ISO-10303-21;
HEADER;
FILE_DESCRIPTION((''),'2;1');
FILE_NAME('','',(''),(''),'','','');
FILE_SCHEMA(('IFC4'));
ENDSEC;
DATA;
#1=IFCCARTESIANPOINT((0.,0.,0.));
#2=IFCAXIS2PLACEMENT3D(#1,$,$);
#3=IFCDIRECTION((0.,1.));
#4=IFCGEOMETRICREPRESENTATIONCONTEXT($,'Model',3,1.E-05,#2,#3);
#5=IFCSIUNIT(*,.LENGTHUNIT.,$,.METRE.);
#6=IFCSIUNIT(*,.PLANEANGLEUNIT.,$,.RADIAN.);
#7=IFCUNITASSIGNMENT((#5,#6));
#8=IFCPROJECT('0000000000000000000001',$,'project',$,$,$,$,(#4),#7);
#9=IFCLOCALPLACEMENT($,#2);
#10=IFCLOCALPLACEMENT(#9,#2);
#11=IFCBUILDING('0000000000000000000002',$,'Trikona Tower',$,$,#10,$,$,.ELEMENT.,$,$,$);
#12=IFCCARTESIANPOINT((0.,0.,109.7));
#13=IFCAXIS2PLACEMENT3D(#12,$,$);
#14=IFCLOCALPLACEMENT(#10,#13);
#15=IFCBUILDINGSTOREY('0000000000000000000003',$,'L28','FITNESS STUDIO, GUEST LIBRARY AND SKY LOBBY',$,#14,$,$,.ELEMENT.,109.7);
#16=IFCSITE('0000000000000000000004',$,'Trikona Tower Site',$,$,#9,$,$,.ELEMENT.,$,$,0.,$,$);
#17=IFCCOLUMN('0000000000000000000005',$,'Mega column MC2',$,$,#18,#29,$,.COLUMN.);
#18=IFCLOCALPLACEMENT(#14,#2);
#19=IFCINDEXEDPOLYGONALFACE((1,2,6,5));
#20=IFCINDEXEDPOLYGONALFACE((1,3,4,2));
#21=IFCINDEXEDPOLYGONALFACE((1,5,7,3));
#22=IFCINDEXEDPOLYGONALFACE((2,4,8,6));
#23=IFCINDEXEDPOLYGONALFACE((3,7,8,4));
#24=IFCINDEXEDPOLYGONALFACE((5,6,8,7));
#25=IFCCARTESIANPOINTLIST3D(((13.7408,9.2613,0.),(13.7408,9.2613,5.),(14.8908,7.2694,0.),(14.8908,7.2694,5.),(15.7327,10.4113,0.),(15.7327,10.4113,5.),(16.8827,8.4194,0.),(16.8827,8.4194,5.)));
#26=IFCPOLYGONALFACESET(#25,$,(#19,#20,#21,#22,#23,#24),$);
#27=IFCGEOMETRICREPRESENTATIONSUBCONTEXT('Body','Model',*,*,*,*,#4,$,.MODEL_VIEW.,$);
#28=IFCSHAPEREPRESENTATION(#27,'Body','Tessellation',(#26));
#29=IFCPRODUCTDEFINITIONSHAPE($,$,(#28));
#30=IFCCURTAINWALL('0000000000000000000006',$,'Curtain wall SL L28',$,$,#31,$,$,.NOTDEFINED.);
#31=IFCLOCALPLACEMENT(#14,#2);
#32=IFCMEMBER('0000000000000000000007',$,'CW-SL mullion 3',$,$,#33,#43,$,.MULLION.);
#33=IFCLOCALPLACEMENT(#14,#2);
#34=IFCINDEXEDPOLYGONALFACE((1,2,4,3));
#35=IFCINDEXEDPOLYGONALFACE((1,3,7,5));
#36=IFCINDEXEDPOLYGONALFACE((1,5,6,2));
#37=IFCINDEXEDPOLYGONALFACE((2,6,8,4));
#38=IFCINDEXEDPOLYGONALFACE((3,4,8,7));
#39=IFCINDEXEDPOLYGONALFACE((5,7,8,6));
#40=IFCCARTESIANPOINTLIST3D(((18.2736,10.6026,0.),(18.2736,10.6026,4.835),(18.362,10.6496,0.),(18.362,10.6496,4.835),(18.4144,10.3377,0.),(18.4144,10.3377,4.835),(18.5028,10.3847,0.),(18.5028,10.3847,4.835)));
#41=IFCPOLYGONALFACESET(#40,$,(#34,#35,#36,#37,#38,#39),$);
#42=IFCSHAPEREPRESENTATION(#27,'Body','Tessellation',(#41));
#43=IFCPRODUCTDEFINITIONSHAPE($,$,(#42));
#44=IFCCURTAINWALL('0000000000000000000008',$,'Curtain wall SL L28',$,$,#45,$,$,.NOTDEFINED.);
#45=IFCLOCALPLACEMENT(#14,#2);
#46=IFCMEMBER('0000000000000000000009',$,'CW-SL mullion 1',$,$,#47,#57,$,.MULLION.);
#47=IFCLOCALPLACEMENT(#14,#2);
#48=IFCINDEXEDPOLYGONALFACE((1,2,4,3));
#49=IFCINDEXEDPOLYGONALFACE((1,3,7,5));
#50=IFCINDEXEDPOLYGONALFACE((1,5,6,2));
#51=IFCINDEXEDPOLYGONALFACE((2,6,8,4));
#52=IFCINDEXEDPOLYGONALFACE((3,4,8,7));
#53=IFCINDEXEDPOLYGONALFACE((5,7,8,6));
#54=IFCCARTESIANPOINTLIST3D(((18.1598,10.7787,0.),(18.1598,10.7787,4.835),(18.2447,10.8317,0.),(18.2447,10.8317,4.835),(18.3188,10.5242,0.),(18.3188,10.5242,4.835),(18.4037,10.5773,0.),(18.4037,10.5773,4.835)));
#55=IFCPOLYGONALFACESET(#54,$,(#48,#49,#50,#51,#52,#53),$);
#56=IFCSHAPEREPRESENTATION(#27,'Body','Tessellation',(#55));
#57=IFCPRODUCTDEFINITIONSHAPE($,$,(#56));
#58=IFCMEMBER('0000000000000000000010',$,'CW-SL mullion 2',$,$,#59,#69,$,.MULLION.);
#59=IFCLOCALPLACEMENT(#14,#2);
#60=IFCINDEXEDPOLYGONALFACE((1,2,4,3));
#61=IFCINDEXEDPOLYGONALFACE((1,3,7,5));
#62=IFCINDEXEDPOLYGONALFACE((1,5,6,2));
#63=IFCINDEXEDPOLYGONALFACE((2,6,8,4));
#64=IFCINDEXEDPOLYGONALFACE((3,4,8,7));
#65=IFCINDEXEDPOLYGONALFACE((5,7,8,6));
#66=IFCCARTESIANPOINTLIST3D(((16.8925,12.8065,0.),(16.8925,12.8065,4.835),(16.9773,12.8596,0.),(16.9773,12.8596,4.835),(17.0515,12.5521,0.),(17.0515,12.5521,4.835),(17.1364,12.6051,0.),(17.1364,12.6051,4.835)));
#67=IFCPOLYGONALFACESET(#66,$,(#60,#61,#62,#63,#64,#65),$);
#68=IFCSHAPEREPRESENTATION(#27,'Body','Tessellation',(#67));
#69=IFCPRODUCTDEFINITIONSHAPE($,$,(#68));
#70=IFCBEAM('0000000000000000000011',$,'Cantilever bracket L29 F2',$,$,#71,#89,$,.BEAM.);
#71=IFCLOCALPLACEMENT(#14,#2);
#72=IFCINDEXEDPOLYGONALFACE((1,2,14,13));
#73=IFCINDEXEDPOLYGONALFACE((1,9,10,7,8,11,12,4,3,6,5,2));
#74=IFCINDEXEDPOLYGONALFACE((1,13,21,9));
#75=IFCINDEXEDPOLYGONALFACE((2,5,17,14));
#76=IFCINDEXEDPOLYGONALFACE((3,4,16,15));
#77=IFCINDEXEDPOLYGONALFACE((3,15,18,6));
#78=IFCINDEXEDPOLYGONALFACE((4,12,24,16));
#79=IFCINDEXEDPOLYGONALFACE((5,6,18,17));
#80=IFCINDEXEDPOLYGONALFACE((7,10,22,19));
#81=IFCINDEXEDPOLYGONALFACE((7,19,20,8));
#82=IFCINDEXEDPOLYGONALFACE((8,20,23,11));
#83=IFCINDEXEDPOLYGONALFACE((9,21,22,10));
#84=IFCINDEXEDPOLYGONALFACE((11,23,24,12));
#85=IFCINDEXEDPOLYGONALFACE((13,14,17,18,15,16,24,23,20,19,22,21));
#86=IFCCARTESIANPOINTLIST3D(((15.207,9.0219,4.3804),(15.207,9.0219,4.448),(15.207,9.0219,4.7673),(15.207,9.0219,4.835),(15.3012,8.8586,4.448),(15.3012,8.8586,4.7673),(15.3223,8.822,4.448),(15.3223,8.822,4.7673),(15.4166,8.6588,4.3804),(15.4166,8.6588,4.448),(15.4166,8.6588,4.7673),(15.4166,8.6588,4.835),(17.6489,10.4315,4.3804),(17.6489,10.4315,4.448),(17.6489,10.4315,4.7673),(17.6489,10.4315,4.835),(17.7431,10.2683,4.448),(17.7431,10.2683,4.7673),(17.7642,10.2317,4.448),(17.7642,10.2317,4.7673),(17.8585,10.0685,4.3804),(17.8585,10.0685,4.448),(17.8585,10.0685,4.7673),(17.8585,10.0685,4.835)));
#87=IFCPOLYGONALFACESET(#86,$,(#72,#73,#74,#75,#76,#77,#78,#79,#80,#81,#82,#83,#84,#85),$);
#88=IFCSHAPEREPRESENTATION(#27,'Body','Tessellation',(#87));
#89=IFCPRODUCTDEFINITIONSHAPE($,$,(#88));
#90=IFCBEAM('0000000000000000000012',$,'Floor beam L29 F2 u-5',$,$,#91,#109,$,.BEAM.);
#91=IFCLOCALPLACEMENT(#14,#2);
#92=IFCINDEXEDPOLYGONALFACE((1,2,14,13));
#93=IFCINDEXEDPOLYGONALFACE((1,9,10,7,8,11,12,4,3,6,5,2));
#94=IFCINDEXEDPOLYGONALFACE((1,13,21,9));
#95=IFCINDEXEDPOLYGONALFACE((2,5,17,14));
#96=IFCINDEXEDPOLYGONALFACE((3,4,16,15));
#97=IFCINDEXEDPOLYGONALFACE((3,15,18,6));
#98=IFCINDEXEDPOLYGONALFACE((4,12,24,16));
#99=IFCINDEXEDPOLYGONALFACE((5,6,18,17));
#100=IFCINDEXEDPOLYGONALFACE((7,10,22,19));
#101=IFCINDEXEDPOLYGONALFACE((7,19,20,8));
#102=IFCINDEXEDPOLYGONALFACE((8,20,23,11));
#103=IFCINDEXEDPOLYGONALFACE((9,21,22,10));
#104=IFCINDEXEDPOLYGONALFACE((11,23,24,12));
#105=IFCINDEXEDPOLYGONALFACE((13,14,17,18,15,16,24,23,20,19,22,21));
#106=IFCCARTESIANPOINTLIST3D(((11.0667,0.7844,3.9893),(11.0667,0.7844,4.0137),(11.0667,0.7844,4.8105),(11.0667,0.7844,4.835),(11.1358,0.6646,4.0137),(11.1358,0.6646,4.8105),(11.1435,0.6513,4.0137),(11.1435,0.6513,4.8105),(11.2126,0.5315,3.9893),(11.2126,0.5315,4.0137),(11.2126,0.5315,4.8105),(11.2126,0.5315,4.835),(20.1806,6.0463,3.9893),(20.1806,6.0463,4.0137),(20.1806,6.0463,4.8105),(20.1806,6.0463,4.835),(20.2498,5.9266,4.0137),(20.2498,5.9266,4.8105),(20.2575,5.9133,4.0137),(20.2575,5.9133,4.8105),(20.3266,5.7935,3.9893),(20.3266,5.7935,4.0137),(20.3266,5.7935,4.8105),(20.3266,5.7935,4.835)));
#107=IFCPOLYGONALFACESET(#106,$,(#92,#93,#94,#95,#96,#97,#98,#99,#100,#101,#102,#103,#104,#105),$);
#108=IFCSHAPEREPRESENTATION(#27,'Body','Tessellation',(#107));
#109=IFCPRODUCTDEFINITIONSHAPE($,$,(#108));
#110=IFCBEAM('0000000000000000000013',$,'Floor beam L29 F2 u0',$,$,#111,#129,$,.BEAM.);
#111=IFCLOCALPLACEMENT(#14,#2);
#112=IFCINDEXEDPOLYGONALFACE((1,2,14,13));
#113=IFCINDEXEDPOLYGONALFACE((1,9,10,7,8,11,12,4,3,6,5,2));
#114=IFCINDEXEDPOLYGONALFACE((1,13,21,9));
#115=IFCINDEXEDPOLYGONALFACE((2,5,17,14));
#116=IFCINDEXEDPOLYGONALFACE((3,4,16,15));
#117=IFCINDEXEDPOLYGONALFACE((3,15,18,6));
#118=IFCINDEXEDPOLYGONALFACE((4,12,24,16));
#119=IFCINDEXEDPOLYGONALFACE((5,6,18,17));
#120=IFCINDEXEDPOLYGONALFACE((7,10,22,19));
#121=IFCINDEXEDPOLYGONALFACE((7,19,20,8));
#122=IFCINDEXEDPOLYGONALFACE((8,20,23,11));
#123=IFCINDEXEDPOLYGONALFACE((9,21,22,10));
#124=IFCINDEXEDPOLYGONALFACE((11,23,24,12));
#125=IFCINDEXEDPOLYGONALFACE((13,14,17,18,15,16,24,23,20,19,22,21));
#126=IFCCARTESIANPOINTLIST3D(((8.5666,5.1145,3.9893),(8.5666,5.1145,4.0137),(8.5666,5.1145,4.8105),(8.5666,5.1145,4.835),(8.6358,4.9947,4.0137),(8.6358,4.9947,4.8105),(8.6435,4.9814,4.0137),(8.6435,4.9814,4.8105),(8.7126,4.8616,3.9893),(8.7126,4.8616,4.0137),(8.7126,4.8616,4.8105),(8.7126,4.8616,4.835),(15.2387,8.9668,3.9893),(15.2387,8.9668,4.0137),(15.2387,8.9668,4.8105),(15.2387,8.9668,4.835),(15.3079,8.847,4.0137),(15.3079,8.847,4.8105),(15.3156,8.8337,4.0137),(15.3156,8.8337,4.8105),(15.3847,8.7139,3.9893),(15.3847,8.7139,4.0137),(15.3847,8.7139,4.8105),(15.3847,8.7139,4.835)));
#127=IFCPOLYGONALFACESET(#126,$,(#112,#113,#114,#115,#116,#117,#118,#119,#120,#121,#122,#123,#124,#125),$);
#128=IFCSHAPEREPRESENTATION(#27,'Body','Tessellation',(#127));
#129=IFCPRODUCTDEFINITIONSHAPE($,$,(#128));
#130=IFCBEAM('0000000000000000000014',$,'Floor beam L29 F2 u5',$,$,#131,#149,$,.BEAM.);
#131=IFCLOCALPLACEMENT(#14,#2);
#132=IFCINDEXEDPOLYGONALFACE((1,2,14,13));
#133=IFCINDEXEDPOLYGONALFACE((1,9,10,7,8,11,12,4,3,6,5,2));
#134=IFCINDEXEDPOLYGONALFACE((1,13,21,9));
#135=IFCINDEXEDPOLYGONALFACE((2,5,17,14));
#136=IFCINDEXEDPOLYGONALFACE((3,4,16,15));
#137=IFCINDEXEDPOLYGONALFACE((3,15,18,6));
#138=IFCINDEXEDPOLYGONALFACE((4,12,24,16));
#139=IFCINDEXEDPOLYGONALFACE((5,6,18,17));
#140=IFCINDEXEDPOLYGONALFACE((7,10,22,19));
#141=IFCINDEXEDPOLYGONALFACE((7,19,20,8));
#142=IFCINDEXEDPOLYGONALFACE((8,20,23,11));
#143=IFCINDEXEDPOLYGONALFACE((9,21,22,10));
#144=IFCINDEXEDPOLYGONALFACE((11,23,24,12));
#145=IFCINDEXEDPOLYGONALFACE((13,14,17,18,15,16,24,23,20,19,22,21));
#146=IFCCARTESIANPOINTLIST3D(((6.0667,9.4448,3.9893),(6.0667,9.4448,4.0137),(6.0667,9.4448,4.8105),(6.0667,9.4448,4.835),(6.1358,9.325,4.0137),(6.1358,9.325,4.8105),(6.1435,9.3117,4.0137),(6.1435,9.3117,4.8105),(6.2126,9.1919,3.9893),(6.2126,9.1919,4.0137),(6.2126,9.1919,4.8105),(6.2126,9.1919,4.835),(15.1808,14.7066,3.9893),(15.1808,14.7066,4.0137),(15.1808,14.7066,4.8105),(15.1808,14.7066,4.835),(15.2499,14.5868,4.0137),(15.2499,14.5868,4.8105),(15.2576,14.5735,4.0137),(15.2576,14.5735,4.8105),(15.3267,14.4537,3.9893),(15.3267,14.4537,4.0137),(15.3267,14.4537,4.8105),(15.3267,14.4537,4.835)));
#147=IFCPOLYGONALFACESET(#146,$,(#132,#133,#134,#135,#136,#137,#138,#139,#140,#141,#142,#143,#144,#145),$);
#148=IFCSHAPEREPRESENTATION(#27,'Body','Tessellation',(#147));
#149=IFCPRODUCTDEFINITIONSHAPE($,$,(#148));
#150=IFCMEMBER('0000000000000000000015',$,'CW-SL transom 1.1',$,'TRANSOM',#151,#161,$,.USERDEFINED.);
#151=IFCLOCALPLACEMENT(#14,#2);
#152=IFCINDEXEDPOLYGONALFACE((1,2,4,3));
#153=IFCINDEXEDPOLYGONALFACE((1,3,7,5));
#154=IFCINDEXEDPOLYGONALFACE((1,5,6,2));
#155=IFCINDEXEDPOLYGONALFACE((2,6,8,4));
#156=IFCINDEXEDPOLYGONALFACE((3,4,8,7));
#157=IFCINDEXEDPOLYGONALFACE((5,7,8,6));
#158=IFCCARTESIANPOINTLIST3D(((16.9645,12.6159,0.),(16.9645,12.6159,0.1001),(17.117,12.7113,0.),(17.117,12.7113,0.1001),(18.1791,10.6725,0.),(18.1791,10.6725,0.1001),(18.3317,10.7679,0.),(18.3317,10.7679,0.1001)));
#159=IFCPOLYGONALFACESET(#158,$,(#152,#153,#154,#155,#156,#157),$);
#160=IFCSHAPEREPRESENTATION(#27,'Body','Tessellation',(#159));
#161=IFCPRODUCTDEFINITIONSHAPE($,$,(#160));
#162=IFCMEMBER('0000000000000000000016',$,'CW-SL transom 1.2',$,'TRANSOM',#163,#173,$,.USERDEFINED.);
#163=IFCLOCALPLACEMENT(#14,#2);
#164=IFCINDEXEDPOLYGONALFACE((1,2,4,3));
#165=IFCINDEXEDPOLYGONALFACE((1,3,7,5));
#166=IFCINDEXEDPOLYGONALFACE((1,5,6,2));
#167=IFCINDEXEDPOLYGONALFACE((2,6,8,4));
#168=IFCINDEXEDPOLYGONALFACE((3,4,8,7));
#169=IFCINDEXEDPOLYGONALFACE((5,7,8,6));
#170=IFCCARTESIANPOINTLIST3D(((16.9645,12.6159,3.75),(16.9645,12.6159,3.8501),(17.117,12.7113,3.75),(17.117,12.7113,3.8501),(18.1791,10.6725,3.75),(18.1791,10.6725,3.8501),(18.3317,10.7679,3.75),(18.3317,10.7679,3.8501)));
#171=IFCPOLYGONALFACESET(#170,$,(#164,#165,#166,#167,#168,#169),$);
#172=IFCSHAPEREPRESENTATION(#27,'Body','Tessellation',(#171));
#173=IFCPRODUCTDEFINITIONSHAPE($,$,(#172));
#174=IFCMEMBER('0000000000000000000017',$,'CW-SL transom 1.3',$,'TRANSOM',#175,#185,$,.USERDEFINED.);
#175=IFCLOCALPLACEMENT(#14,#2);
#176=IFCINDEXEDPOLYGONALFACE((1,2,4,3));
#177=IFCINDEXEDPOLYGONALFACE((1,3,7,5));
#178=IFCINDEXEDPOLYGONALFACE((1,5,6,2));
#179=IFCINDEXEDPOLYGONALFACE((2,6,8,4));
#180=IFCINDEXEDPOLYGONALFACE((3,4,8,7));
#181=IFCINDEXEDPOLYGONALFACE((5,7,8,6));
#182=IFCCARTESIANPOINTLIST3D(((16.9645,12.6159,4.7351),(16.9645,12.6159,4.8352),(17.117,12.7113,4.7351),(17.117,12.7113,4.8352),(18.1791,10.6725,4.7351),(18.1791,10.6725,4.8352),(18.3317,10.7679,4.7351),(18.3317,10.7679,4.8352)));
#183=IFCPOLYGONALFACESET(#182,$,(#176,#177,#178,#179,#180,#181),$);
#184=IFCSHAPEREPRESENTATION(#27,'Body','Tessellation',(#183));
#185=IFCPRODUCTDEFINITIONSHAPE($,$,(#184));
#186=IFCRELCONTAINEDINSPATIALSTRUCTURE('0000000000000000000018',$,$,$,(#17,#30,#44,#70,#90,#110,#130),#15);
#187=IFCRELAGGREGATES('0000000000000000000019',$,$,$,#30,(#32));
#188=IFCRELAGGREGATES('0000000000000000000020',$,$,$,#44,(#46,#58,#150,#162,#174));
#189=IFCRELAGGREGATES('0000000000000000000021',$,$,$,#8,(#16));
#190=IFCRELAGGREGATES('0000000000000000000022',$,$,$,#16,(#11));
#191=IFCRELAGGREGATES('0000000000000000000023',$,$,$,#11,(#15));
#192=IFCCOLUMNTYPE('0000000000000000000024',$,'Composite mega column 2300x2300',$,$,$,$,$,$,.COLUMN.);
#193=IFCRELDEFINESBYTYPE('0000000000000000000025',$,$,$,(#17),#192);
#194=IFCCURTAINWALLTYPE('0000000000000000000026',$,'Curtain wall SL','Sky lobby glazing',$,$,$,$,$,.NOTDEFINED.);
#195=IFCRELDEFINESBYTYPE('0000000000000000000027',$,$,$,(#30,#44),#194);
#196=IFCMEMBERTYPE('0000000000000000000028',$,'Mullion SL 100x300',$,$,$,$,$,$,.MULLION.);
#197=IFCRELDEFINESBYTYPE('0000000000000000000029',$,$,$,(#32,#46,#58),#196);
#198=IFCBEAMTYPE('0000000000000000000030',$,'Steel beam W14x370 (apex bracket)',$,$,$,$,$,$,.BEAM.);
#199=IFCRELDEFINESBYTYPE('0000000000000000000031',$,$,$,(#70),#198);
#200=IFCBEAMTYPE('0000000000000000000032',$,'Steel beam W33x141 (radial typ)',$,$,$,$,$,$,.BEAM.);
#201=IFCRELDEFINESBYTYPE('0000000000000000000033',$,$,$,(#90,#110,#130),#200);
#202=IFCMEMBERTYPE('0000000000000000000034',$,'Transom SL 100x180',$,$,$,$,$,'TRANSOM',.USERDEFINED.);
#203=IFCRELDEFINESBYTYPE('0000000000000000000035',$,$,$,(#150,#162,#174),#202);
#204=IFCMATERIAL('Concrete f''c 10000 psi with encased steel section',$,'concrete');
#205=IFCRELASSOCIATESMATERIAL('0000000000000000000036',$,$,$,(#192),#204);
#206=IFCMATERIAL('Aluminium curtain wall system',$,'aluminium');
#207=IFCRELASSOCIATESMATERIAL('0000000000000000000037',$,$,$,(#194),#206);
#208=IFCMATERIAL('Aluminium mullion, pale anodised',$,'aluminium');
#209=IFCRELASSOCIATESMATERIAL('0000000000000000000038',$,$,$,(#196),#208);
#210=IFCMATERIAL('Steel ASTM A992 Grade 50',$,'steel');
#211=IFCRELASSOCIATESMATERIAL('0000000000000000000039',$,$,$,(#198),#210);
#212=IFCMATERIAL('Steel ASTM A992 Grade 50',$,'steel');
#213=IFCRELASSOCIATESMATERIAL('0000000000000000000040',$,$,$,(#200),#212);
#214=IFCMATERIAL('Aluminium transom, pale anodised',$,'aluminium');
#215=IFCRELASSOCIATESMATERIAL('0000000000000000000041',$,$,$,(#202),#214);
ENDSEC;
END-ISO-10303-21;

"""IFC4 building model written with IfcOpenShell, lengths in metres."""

from ifc_helpers import new_model, si_unit, direction, frame, origin, origin_2d, place, context, subcontext, project, spatial, rectangle, i_section, extrude, material, material_profile, profile_set, type_object, element, aggregate, save


model = new_model("IFC4")

# Units and contexts
model_context = context("Model", 3, precision=1e-05, world=origin(), true_north=direction((0.0, 1.0)))
body_context = subcontext(model_context, "Body", "Model", "MODEL_VIEW")
ifc_project = project(units=[si_unit("LENGTHUNIT", "METRE"), si_unit("PLANEANGLEUNIT", "RADIAN")], contexts=[model_context])

# Site, building, storey
site_placement = place(None, origin())
site = spatial("IfcSite", under=ifc_project, at=site_placement, Name="Trikona Tower Site", CompositionType="ELEMENT", RefElevation=0.0)
building_placement = place(site_placement, origin())
building = spatial("IfcBuilding", under=site, at=building_placement, Name="Trikona Tower", CompositionType="ELEMENT")
storey_placement = place(building_placement, frame((0.0, 0.0, 109.7)))
storey = spatial("IfcBuildingStorey", under=building, at=storey_placement, Name="L28", Description="FITNESS STUDIO, GUEST LIBRARY AND SKY LOBBY", CompositionType="ELEMENT", Elevation=109.7)

# Column
ifc_material_1 = material(Name="Concrete f'c 10000 psi with encased steel section", Category="concrete")
ifc_material_profile_1 = material_profile(ifc_material_1, rectangle(XDim=2.3, YDim=2.3, at=origin_2d()), Name="MC2300")
ifc_profile_set_1 = profile_set([ifc_material_profile_1], Name="Concrete f'c 10000 psi with encased steel section")
column_type = type_object("IfcColumnType", Name="Composite mega column 2300x2300", PredefinedType="COLUMN", material=ifc_profile_set_1)
column_placement = place(storey_placement, frame((15.3118, 8.8403, 0.0), z_axis=(0.0, 0.0, 1.0), x_axis=(0.866025, 0.5, 0.0)))
element("IfcColumn", 1, at=column_placement, inside=storey, type_object=column_type, Name="Mega column MC2", PredefinedType="COLUMN", context=body_context, shape_type="SweptSolid", body=[
    extrude(rectangle(XDim=2.3, YDim=2.3, at=origin_2d()), origin(), (0.0, 0.0, 1.0), 5.0),
])

# Curtain wall, member
ifc_material_2 = material(Name="Aluminium curtain wall system", Category="aluminium")
curtain_wall_type = type_object("IfcCurtainWallType", Name="Curtain wall SL", Description="Sky lobby glazing", PredefinedType="NOTDEFINED", material=ifc_material_2)
curtain_wall_1_placement = place(storey_placement, origin())
curtain_wall_1 = element("IfcCurtainWall", 2, at=curtain_wall_1_placement, inside=storey, type_object=curtain_wall_type, Name="Curtain wall SL L28", PredefinedType="NOTDEFINED")
ifc_material_3 = material(Name="Aluminium mullion, pale anodised", Category="aluminium")
ifc_material_profile_2 = material_profile(ifc_material_3, rectangle(XDim=0.1001, YDim=0.3, at=origin_2d()), Name="MUL-SL")
ifc_profile_set_2 = profile_set([ifc_material_profile_2], Name="Aluminium mullion, pale anodised")
member_type_1 = type_object("IfcMemberType", Name="Mullion SL 100x300", PredefinedType="MULLION", material=ifc_profile_set_2)
member_1_placement = place(storey_placement, frame((18.3882, 10.4937, 0.0), z_axis=(0.0, 0.0, 1.0), x_axis=(-0.882996, -0.46938, 0.0)))
member_1 = element("IfcMember", 3, at=member_1_placement, type_object=member_type_1, Name="CW-SL mullion 3", PredefinedType="MULLION", context=body_context, shape_type="SweptSolid", body=[
    extrude(rectangle(XDim=0.1001, YDim=0.3, at=origin_2d()), origin(), (0.0, 0.0, 1.0), 4.835),
])
aggregate(curtain_wall_1, [member_1])

# Curtain wall, members
curtain_wall_2_placement = place(storey_placement, origin())
curtain_wall_2 = element("IfcCurtainWall", 4, at=curtain_wall_2_placement, inside=storey, type_object=curtain_wall_type, Name="Curtain wall SL L28", PredefinedType="NOTDEFINED")
member_2_placement = place(storey_placement, frame((18.2817, 10.678, 0.0), z_axis=(0.0, 0.0, 1.0), x_axis=(-0.847998, -0.529999, 0.0)))
member_2 = element("IfcMember", 5, at=member_2_placement, type_object=member_type_1, Name="CW-SL mullion 1", PredefinedType="MULLION", context=body_context, shape_type="SweptSolid", body=[
    extrude(rectangle(XDim=0.1001, YDim=0.3, at=origin_2d()), origin(), (0.0, 0.0, 1.0), 4.835),
])
member_3_placement = place(storey_placement, frame((17.0144, 12.7058, 0.0), z_axis=(0.0, 0.0, 1.0), x_axis=(-0.847998, -0.529999, 0.0)))
member_3 = element("IfcMember", 6, at=member_3_placement, type_object=member_type_1, Name="CW-SL mullion 2", PredefinedType="MULLION", context=body_context, shape_type="SweptSolid", body=[
    extrude(rectangle(XDim=0.1001, YDim=0.3, at=origin_2d()), origin(), (0.0, 0.0, 1.0), 4.835),
])

# Beams
ifc_material_4 = material(Name="Steel ASTM A992 Grade 50", Category="steel")
ifc_material_profile_3 = material_profile(ifc_material_4, i_section(OverallWidth=0.4192, OverallDepth=0.4546, WebThickness=0.0422, FlangeThickness=0.0676, at=origin_2d()), Name="W14X370")
ifc_profile_set_3 = profile_set([ifc_material_profile_3], Name="Steel ASTM A992 Grade 50")
beam_type_1 = type_object("IfcBeamType", Name="Steel beam W14x370 (apex bracket)", PredefinedType="BEAM", material=ifc_profile_set_3)
beam_1_placement = place(storey_placement, frame((15.3118, 8.8403, 4.6077), z_axis=(0.86605, 0.499957, 0.0), x_axis=(-0.499957, 0.86605, 0.0)))
element("IfcBeam", 7, at=beam_1_placement, inside=storey, type_object=beam_type_1, Name="Cantilever bracket L29 F2", PredefinedType="BEAM", context=body_context, shape_type="SweptSolid", body=[
    extrude(i_section(OverallWidth=0.4192, OverallDepth=0.4546, WebThickness=0.0422, FlangeThickness=0.0676, at=origin_2d()), origin(), (0.0, 0.0, 1.0), 2.8196),
])
ifc_material_5 = material(Name="Steel ASTM A992 Grade 50", Category="steel")
ifc_material_profile_4 = material_profile(ifc_material_5, i_section(OverallWidth=0.292, OverallDepth=0.8457, WebThickness=0.0154, FlangeThickness=0.0244, at=origin_2d()), Name="W33X141")
ifc_profile_set_4 = profile_set([ifc_material_profile_4], Name="Steel ASTM A992 Grade 50")
beam_type_2 = type_object("IfcBeamType", Name="Steel beam W33x141 (radial typ)", PredefinedType="BEAM", material=ifc_profile_set_4)
beam_2_placement = place(storey_placement, frame((11.1396, 0.658, 4.4121), z_axis=(0.866026, 0.499999, 0.0), x_axis=(-0.499999, 0.866026, 0.0)))
element("IfcBeam", 8, at=beam_2_placement, inside=storey, type_object=beam_type_2, Name="Floor beam L29 F2 u-5", PredefinedType="BEAM", context=body_context, shape_type="SweptSolid", body=[
    extrude(i_section(OverallWidth=0.292, OverallDepth=0.8457, WebThickness=0.0154, FlangeThickness=0.0244, at=origin_2d()), origin(), (0.0, 0.0, 1.0), 10.5239),
])
beam_3_placement = place(storey_placement, frame((8.6396, 4.988, 4.4121), z_axis=(0.866017, 0.500014, 0.0), x_axis=(-0.500014, 0.866017, 0.0)))
element("IfcBeam", 9, at=beam_3_placement, inside=storey, type_object=beam_type_2, Name="Floor beam L29 F2 u0", PredefinedType="BEAM", context=body_context, shape_type="SweptSolid", body=[
    extrude(i_section(OverallWidth=0.292, OverallDepth=0.8457, WebThickness=0.0154, FlangeThickness=0.0244, at=origin_2d()), origin(), (0.0, 0.0, 1.0), 7.7043),
])
beam_4_placement = place(storey_placement, frame((6.1396, 9.3184, 4.4121), z_axis=(0.866036, 0.499982, 0.0), x_axis=(-0.499982, 0.866036, 0.0)))
element("IfcBeam", 10, at=beam_4_placement, inside=storey, type_object=beam_type_2, Name="Floor beam L29 F2 u5", PredefinedType="BEAM", context=body_context, shape_type="SweptSolid", body=[
    extrude(i_section(OverallWidth=0.292, OverallDepth=0.8457, WebThickness=0.0154, FlangeThickness=0.0244, at=origin_2d()), origin(), (0.0, 0.0, 1.0), 10.5239),
])

# Members
ifc_material_6 = material(Name="Aluminium transom, pale anodised", Category="aluminium")
ifc_material_profile_5 = material_profile(ifc_material_6, rectangle(XDim=0.1799, YDim=0.1001, at=origin_2d()), Name="TRN-SL")
ifc_profile_set_5 = profile_set([ifc_material_profile_5], Name="Aluminium transom, pale anodised")
member_type_2 = type_object("IfcMemberType", Name="Transom SL 100x180", ElementType="TRANSOM", PredefinedType="USERDEFINED", material=ifc_profile_set_5)
member_4_placement = place(storey_placement, frame((18.2554, 10.7202, 0.05), z_axis=(-0.529999, 0.847998, 0.0), x_axis=(-0.847998, -0.529999, 0.0)))
member_4 = element("IfcMember", 11, at=member_4_placement, type_object=member_type_2, Name="CW-SL transom 1.1", ObjectType="TRANSOM", PredefinedType="USERDEFINED", context=body_context, shape_type="SweptSolid", body=[
    extrude(rectangle(XDim=0.1799, YDim=0.1001, at=origin_2d()), origin(), (0.0, 0.0, 1.0), 2.2917),
])
member_5_placement = place(storey_placement, frame((18.2554, 10.7202, 3.8), z_axis=(-0.529999, 0.847998, 0.0), x_axis=(-0.847998, -0.529999, 0.0)))
member_5 = element("IfcMember", 12, at=member_5_placement, type_object=member_type_2, Name="CW-SL transom 1.2", ObjectType="TRANSOM", PredefinedType="USERDEFINED", context=body_context, shape_type="SweptSolid", body=[
    extrude(rectangle(XDim=0.1799, YDim=0.1001, at=origin_2d()), origin(), (0.0, 0.0, 1.0), 2.2917),
])
member_6_placement = place(storey_placement, frame((18.2554, 10.7202, 4.7852), z_axis=(-0.529999, 0.847998, 0.0), x_axis=(-0.847998, -0.529999, 0.0)))
member_6 = element("IfcMember", 13, at=member_6_placement, type_object=member_type_2, Name="CW-SL transom 1.3", ObjectType="TRANSOM", PredefinedType="USERDEFINED", context=body_context, shape_type="SweptSolid", body=[
    extrude(rectangle(XDim=0.1799, YDim=0.1001, at=origin_2d()), origin(), (0.0, 0.0, 1.0), 2.2917),
])

aggregate(curtain_wall_2, [member_2, member_3, member_4, member_5, member_6])

save(model, "model.ifc")
